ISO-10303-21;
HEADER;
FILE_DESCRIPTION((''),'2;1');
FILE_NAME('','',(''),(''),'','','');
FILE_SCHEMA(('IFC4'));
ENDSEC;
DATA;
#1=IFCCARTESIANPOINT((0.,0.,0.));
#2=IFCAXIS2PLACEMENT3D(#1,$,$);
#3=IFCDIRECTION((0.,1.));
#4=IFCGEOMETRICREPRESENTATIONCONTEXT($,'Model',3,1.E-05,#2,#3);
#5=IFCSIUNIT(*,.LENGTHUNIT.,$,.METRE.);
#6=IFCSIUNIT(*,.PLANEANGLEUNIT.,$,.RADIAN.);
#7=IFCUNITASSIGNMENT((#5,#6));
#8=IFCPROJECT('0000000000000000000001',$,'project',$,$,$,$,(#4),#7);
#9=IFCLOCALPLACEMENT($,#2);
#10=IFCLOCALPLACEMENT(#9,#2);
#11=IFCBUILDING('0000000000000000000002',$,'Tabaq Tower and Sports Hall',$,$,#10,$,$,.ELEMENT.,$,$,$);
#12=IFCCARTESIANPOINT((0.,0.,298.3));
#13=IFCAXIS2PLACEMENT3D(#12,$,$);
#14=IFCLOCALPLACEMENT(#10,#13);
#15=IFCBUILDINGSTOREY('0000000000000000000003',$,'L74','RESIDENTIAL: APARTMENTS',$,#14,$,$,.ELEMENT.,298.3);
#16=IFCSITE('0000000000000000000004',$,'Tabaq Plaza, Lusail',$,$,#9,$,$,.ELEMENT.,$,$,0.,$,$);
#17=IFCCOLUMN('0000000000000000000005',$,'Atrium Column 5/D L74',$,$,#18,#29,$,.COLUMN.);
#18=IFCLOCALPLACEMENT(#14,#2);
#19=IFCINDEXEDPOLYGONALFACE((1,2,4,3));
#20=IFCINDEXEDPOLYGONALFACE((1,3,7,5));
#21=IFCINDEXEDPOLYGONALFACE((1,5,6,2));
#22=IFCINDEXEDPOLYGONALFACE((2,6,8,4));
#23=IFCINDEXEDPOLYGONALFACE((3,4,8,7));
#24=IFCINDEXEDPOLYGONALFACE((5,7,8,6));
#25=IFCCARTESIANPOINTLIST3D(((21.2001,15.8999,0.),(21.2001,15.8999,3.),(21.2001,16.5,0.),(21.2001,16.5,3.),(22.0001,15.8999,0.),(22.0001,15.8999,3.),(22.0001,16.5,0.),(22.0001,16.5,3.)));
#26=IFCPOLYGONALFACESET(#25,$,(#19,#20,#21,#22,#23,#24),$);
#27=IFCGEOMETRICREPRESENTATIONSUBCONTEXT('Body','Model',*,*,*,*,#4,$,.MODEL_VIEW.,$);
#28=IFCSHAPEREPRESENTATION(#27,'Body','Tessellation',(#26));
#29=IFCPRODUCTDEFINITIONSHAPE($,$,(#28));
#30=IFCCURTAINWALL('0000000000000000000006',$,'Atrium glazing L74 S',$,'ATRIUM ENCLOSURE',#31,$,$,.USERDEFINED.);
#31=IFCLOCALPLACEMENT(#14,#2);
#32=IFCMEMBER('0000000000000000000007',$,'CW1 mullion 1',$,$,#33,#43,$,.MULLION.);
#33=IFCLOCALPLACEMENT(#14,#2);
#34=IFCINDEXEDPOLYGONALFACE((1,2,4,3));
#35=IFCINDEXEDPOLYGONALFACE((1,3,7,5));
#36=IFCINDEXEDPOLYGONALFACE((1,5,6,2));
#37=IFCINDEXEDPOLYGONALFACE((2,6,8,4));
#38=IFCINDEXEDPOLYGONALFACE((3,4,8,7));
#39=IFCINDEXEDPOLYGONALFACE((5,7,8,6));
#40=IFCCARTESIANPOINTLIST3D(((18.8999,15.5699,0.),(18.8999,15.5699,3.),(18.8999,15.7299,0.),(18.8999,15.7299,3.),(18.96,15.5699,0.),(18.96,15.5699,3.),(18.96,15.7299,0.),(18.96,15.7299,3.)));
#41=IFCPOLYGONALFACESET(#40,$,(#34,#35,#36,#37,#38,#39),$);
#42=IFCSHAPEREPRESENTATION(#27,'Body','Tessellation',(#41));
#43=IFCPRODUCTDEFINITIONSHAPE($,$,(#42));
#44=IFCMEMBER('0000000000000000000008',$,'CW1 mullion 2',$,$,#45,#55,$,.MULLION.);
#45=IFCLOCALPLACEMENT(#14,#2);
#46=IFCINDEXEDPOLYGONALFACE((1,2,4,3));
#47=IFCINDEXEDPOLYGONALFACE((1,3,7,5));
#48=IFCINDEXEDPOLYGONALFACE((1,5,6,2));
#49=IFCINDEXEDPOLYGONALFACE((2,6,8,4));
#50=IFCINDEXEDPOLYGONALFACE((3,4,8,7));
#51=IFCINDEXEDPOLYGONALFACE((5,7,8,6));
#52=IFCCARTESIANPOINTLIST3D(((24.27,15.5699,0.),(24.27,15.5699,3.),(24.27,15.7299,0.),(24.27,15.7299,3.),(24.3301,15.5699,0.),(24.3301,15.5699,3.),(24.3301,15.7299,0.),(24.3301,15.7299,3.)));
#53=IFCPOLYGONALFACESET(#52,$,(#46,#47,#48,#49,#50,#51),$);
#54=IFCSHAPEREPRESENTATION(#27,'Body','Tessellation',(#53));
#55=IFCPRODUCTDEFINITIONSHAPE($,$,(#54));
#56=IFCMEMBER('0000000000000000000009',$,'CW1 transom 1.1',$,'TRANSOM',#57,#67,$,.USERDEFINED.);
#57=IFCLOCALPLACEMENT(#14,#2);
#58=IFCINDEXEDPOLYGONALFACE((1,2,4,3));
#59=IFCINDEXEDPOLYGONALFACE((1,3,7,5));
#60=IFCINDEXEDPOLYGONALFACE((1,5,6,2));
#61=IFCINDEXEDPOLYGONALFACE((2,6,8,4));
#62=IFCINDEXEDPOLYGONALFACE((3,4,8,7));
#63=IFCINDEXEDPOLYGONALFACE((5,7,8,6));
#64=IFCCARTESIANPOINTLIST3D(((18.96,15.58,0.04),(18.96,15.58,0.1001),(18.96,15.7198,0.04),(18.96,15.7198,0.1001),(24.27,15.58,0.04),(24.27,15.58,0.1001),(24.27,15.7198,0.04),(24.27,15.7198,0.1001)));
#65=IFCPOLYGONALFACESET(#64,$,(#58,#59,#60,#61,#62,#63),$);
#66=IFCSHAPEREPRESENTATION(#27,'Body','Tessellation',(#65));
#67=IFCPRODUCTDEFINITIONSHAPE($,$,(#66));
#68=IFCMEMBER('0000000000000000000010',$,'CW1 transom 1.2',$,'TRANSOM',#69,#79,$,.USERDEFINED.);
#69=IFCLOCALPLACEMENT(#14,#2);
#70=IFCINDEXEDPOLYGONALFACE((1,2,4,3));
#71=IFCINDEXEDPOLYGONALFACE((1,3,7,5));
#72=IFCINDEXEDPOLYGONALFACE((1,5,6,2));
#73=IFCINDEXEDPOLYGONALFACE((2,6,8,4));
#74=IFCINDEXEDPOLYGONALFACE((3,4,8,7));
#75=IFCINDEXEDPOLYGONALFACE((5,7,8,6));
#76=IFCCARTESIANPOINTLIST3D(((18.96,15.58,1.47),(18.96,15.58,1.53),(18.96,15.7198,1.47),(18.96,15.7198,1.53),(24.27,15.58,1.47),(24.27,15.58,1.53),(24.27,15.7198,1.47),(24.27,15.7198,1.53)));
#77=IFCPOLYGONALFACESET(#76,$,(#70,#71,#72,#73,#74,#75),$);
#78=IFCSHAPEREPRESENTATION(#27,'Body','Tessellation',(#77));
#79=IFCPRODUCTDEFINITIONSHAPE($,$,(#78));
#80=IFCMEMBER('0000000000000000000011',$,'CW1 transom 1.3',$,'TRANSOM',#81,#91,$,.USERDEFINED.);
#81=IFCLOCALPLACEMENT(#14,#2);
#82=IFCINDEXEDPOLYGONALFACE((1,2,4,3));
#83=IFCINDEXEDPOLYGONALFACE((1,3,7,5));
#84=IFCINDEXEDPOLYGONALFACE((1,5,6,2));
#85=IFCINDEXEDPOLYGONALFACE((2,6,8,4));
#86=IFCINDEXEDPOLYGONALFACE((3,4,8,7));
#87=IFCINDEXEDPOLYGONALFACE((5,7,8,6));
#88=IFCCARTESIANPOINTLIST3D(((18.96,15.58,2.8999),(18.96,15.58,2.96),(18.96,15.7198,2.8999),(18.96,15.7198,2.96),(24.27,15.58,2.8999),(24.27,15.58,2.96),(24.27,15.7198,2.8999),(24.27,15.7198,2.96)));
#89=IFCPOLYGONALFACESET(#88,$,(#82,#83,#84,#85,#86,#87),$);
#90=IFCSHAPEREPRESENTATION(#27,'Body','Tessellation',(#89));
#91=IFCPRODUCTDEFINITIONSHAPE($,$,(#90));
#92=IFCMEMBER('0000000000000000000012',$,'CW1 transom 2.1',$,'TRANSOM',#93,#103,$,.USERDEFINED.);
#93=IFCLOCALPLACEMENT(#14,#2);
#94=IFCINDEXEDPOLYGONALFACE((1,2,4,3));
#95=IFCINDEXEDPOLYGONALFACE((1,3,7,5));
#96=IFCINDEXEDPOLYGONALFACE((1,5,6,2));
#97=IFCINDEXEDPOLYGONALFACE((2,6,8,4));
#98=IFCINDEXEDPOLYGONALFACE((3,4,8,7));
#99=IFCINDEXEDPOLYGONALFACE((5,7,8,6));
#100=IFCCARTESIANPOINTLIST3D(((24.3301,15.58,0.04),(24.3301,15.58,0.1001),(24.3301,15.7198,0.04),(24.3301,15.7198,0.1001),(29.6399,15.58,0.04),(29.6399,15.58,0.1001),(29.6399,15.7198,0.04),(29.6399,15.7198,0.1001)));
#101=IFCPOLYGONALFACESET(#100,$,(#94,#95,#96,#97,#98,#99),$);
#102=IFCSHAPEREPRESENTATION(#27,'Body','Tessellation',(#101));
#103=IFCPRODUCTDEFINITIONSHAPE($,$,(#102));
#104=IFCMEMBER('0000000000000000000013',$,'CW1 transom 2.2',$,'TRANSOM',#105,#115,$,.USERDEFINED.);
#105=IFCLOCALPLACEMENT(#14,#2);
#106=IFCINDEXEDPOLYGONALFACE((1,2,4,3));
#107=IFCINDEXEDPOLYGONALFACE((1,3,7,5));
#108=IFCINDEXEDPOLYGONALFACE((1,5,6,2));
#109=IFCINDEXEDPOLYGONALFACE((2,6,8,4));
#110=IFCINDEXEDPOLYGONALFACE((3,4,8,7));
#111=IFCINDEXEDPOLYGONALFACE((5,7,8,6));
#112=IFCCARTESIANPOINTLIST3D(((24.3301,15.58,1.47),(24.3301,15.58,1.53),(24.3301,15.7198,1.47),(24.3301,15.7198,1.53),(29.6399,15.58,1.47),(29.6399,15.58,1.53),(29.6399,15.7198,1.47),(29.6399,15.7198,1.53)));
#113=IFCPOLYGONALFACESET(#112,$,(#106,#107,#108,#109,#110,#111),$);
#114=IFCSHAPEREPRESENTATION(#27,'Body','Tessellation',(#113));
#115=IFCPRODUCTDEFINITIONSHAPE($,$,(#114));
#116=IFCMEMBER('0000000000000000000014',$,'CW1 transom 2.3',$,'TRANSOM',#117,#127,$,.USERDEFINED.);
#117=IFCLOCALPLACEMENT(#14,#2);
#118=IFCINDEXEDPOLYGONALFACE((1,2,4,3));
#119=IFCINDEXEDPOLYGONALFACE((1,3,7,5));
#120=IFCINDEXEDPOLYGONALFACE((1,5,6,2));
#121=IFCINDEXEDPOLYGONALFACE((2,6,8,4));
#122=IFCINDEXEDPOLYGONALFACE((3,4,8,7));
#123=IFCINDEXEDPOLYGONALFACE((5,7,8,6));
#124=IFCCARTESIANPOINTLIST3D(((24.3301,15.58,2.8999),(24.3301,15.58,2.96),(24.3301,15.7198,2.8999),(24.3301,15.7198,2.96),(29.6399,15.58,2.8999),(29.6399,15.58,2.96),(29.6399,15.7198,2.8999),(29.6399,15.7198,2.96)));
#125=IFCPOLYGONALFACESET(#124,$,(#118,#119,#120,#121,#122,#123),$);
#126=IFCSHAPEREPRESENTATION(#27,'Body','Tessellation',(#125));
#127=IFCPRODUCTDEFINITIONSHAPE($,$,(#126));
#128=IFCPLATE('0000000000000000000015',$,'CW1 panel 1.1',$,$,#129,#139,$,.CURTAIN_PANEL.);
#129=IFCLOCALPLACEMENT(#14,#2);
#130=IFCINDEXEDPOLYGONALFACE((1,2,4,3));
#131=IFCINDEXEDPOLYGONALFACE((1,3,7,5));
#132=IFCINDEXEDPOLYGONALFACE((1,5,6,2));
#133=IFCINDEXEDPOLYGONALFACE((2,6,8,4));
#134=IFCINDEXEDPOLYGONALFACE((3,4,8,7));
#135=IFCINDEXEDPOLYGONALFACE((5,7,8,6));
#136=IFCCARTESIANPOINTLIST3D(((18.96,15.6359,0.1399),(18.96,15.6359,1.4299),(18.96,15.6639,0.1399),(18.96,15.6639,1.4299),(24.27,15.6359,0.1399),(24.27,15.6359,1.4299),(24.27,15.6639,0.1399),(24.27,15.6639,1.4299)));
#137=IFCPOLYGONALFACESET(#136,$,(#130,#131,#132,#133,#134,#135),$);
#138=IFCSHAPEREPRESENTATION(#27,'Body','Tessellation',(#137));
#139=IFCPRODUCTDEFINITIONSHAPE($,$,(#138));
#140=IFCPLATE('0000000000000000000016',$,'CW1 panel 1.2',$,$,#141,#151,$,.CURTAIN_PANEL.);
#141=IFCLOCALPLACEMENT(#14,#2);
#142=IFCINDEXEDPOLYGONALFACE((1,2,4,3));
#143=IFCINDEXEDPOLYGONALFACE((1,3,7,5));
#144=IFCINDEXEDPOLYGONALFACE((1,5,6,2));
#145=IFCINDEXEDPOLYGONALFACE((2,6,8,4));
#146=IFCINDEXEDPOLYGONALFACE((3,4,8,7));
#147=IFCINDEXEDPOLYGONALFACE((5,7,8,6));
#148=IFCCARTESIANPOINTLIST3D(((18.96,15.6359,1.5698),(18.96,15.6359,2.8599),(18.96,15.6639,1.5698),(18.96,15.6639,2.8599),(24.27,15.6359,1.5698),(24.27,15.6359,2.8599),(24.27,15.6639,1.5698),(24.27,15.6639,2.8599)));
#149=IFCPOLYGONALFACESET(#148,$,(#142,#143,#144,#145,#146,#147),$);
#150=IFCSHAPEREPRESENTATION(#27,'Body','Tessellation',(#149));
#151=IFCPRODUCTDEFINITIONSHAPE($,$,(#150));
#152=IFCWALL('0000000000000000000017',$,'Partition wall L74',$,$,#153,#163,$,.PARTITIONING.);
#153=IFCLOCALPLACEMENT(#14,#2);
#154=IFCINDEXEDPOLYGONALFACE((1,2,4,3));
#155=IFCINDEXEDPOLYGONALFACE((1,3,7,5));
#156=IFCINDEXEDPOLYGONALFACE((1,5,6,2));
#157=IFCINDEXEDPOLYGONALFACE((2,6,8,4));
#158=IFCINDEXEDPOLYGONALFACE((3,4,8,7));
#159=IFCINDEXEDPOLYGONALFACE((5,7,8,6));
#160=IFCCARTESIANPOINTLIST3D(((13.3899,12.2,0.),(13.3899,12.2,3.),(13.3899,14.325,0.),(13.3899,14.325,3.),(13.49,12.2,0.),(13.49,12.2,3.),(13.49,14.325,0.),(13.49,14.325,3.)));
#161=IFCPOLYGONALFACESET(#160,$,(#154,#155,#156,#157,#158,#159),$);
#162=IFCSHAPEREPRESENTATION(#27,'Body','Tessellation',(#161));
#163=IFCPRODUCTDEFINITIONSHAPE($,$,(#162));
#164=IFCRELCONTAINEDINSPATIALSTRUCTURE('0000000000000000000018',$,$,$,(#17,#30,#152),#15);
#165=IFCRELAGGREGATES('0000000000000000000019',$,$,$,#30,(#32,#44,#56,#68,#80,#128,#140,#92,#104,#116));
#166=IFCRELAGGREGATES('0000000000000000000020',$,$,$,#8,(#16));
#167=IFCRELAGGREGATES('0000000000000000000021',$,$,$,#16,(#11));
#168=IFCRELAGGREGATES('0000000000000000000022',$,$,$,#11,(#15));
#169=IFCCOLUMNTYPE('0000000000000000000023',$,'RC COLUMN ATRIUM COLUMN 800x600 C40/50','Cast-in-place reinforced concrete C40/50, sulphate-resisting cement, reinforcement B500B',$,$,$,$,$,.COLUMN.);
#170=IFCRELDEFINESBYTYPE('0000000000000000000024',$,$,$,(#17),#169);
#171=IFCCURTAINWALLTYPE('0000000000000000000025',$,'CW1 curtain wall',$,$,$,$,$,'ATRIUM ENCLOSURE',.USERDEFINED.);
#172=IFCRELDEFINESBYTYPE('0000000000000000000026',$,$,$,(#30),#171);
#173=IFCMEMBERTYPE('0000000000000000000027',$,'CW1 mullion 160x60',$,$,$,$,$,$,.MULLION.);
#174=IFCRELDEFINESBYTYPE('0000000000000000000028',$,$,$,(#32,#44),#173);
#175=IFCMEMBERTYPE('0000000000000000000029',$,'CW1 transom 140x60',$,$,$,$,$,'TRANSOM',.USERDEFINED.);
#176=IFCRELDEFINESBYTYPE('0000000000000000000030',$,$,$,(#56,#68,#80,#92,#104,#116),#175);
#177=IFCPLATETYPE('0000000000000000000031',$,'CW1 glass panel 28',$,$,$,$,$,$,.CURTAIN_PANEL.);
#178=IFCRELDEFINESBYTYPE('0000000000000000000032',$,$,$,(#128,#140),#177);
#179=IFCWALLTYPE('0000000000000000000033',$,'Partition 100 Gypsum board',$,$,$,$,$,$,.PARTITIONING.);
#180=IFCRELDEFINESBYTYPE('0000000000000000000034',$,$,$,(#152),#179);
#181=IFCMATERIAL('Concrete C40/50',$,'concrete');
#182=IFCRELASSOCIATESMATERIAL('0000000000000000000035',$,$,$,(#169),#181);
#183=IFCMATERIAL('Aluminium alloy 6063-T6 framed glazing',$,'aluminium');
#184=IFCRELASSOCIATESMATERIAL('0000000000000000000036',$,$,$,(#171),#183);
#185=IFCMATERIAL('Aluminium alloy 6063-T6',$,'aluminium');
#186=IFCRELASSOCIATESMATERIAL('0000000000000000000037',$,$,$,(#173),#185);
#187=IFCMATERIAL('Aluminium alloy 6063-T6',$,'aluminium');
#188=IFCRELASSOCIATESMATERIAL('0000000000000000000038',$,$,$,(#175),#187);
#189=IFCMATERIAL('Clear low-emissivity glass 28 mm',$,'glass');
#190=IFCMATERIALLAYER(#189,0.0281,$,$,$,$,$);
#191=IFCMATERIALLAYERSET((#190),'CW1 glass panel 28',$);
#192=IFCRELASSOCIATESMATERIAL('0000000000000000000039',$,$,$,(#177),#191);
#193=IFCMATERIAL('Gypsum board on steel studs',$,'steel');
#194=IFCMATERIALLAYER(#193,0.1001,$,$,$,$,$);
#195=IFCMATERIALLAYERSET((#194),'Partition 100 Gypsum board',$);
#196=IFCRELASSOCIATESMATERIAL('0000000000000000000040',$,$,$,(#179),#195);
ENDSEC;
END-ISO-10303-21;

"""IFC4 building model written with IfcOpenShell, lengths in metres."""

from ifc_helpers import new_model, si_unit, direction, frame, frame_2d, origin, origin_2d, place, context, subcontext, project, spatial, rectangle, extrude, material, layer, layer_set, material_profile, profile_set, type_object, element, aggregate, save


model = new_model("IFC4")

# Units and contexts
model_context = context("Model", 3, precision=1e-05, world=origin(), true_north=direction((0.0, 1.0)))
body_context = subcontext(model_context, "Body", "Model", "MODEL_VIEW")
ifc_project = project(units=[si_unit("LENGTHUNIT", "METRE"), si_unit("PLANEANGLEUNIT", "RADIAN")], contexts=[model_context])

# Site, building, storey
site_placement = place(None, origin())
site = spatial("IfcSite", under=ifc_project, at=site_placement, Name="Tabaq Plaza, Lusail", CompositionType="ELEMENT", RefElevation=0.0)
building_placement = place(site_placement, origin())
building = spatial("IfcBuilding", under=site, at=building_placement, Name="Tabaq Tower and Sports Hall", CompositionType="ELEMENT")
storey_placement = place(building_placement, frame((0.0, 0.0, 298.3)))
storey = spatial("IfcBuildingStorey", under=building, at=storey_placement, Name="L74", Description="RESIDENTIAL: APARTMENTS", CompositionType="ELEMENT", Elevation=298.3)

# Column
ifc_material_1 = material(Name="Concrete C40/50", Category="concrete")
ifc_material_profile_1 = material_profile(ifc_material_1, rectangle(XDim=0.8, YDim=0.6001, at=origin_2d()), Name="ATRIUM COLUMN 800x600")
ifc_profile_set_1 = profile_set([ifc_material_profile_1], Name="Concrete C40/50")
column_type = type_object("IfcColumnType", Name="RC COLUMN ATRIUM COLUMN 800x600 C40/50", Description="Cast-in-place reinforced concrete C40/50, sulphate-resisting cement, reinforcement B500B", PredefinedType="COLUMN", material=ifc_profile_set_1)
column_placement = place(storey_placement, frame((21.6001, 16.2, 0.0), z_axis=(0.0, 0.0, 1.0), x_axis=(1.0, 0.0, 0.0)))
element("IfcColumn", 1, at=column_placement, inside=storey, type_object=column_type, Name="Atrium Column 5/D L74", PredefinedType="COLUMN", context=body_context, shape_type="SweptSolid", body=[
    extrude(rectangle(XDim=0.8, YDim=0.6001, at=origin_2d()), origin(), (0.0, 0.0, 1.0), 3.0),
])

# Curtain wall, members, plates
ifc_material_2 = material(Name="Aluminium alloy 6063-T6 framed glazing", Category="aluminium")
curtain_wall_type = type_object("IfcCurtainWallType", Name="CW1 curtain wall", ElementType="ATRIUM ENCLOSURE", PredefinedType="USERDEFINED", material=ifc_material_2)
curtain_wall_placement = place(storey_placement, origin())
curtain_wall = element("IfcCurtainWall", 2, at=curtain_wall_placement, inside=storey, type_object=curtain_wall_type, Name="Atrium glazing L74 S", ObjectType="ATRIUM ENCLOSURE", PredefinedType="USERDEFINED")
ifc_material_3 = material(Name="Aluminium alloy 6063-T6", Category="aluminium")
ifc_material_profile_2 = material_profile(ifc_material_3, rectangle(XDim=0.1599, YDim=0.0601, at=origin_2d()), Name="MULLION 160x60")
ifc_profile_set_2 = profile_set([ifc_material_profile_2], Name="Aluminium alloy 6063-T6")
member_type_1 = type_object("IfcMemberType", Name="CW1 mullion 160x60", PredefinedType="MULLION", material=ifc_profile_set_2)
member_1_placement = place(storey_placement, frame((18.9299, 15.6499, 0.0), z_axis=(0.0, 0.0, 1.0), x_axis=(0.0, 1.0, 0.0)))
member_1 = element("IfcMember", 3, at=member_1_placement, type_object=member_type_1, Name="CW1 mullion 1", PredefinedType="MULLION", context=body_context, shape_type="SweptSolid", body=[
    extrude(rectangle(XDim=0.1599, YDim=0.0601, at=origin_2d()), origin(), (0.0, 0.0, 1.0), 3.0),
])
member_2_placement = place(storey_placement, frame((24.3, 15.6499, 0.0), z_axis=(0.0, 0.0, 1.0), x_axis=(0.0, 1.0, 0.0)))
member_2 = element("IfcMember", 4, at=member_2_placement, type_object=member_type_1, Name="CW1 mullion 2", PredefinedType="MULLION", context=body_context, shape_type="SweptSolid", body=[
    extrude(rectangle(XDim=0.1599, YDim=0.0601, at=origin_2d()), origin(), (0.0, 0.0, 1.0), 3.0),
])
ifc_material_4 = material(Name="Aluminium alloy 6063-T6", Category="aluminium")
ifc_material_profile_3 = material_profile(ifc_material_4, rectangle(XDim=0.1399, YDim=0.0601, at=origin_2d()), Name="TRANSOM 140x60")
ifc_profile_set_3 = profile_set([ifc_material_profile_3], Name="Aluminium alloy 6063-T6")
member_type_2 = type_object("IfcMemberType", Name="CW1 transom 140x60", ElementType="TRANSOM", PredefinedType="USERDEFINED", material=ifc_profile_set_3)
member_3_placement = place(storey_placement, frame((18.96, 15.6499, 0.0701), z_axis=(1.0, 0.0, 0.0), x_axis=(0.0, 1.0, 0.0)))
member_3 = element("IfcMember", 5, at=member_3_placement, type_object=member_type_2, Name="CW1 transom 1.1", ObjectType="TRANSOM", PredefinedType="USERDEFINED", context=body_context, shape_type="SweptSolid", body=[
    extrude(rectangle(XDim=0.1399, YDim=0.0601, at=origin_2d()), origin(), (0.0, 0.0, 1.0), 5.3101),
])
member_4_placement = place(storey_placement, frame((18.96, 15.6499, 1.5), z_axis=(1.0, 0.0, 0.0), x_axis=(0.0, 1.0, 0.0)))
member_4 = element("IfcMember", 6, at=member_4_placement, type_object=member_type_2, Name="CW1 transom 1.2", ObjectType="TRANSOM", PredefinedType="USERDEFINED", context=body_context, shape_type="SweptSolid", body=[
    extrude(rectangle(XDim=0.1399, YDim=0.0601, at=origin_2d()), origin(), (0.0, 0.0, 1.0), 5.3101),
])
member_5_placement = place(storey_placement, frame((18.96, 15.6499, 2.9299), z_axis=(1.0, 0.0, 0.0), x_axis=(0.0, 1.0, 0.0)))
member_5 = element("IfcMember", 7, at=member_5_placement, type_object=member_type_2, Name="CW1 transom 1.3", ObjectType="TRANSOM", PredefinedType="USERDEFINED", context=body_context, shape_type="SweptSolid", body=[
    extrude(rectangle(XDim=0.1399, YDim=0.0601, at=origin_2d()), origin(), (0.0, 0.0, 1.0), 5.3101),
])
member_6_placement = place(storey_placement, frame((24.3301, 15.6499, 0.0701), z_axis=(1.0, 0.0, 0.0), x_axis=(0.0, 1.0, 0.0)))
member_6 = element("IfcMember", 8, at=member_6_placement, type_object=member_type_2, Name="CW1 transom 2.1", ObjectType="TRANSOM", PredefinedType="USERDEFINED", context=body_context, shape_type="SweptSolid", body=[
    extrude(rectangle(XDim=0.1399, YDim=0.0601, at=origin_2d()), origin(), (0.0, 0.0, 1.0), 5.3098),
])
member_7_placement = place(storey_placement, frame((24.3301, 15.6499, 1.5), z_axis=(1.0, 0.0, 0.0), x_axis=(0.0, 1.0, 0.0)))
member_7 = element("IfcMember", 9, at=member_7_placement, type_object=member_type_2, Name="CW1 transom 2.2", ObjectType="TRANSOM", PredefinedType="USERDEFINED", context=body_context, shape_type="SweptSolid", body=[
    extrude(rectangle(XDim=0.1399, YDim=0.0601, at=origin_2d()), origin(), (0.0, 0.0, 1.0), 5.3098),
])
member_8_placement = place(storey_placement, frame((24.3301, 15.6499, 2.9299), z_axis=(1.0, 0.0, 0.0), x_axis=(0.0, 1.0, 0.0)))
member_8 = element("IfcMember", 10, at=member_8_placement, type_object=member_type_2, Name="CW1 transom 2.3", ObjectType="TRANSOM", PredefinedType="USERDEFINED", context=body_context, shape_type="SweptSolid", body=[
    extrude(rectangle(XDim=0.1399, YDim=0.0601, at=origin_2d()), origin(), (0.0, 0.0, 1.0), 5.3098),
])
ifc_material_5 = material(Name="Clear low-emissivity glass 28 mm", Category="glass")
ifc_layer_1 = layer(ifc_material_5, 0.0281)
ifc_layer_set_1 = layer_set([ifc_layer_1], Name="CW1 glass panel 28")
plate_type = type_object("IfcPlateType", Name="CW1 glass panel 28", PredefinedType="CURTAIN_PANEL", material=ifc_layer_set_1)
plate_1_placement = place(storey_placement, frame((21.615, 15.6499, 0.1399), z_axis=(0.0, 0.0, 1.0), x_axis=(1.0, 0.0, 0.0)))
plate_1 = element("IfcPlate", 11, at=plate_1_placement, type_object=plate_type, Name="CW1 panel 1.1", PredefinedType="CURTAIN_PANEL", context=body_context, shape_type="SweptSolid", body=[
    extrude(rectangle(XDim=5.3101, YDim=0.0281, at=origin_2d()), origin(), (0.0, 0.0, 1.0), 1.29),
])
plate_2_placement = place(storey_placement, frame((21.615, 15.6499, 1.5698), z_axis=(0.0, 0.0, 1.0), x_axis=(1.0, 0.0, 0.0)))
plate_2 = element("IfcPlate", 12, at=plate_2_placement, type_object=plate_type, Name="CW1 panel 1.2", PredefinedType="CURTAIN_PANEL", context=body_context, shape_type="SweptSolid", body=[
    extrude(rectangle(XDim=5.3101, YDim=0.0281, at=origin_2d()), origin(), (0.0, 0.0, 1.0), 1.29),
])
aggregate(curtain_wall, [member_1, member_2, member_3, member_4, member_5, plate_1, plate_2, member_6, member_7, member_8])

# Wall
ifc_material_6 = material(Name="Gypsum board on steel studs", Category="steel")
ifc_layer_2 = layer(ifc_material_6, 0.1001)
ifc_layer_set_2 = layer_set([ifc_layer_2], Name="Partition 100 Gypsum board")
wall_type_1 = type_object("IfcWallType", Name="Partition 100 Gypsum board", PredefinedType="PARTITIONING", material=ifc_layer_set_2)
wall_1_placement = place(storey_placement, frame((13.4399, 12.2, 0.0), z_axis=(0.0, 0.0, 1.0), x_axis=(0.0, 1.0, 0.0)))
element("IfcWall", 13, at=wall_1_placement, inside=storey, type_object=wall_type_1, Name="Partition wall L74", PredefinedType="PARTITIONING", context=body_context, shape_type="SweptSolid", body=[
    extrude(rectangle(XDim=2.125, YDim=0.1001, at=frame_2d((1.0625, 0.0))), origin(), (0.0, 0.0, 1.0), 3.0),
])

save(model, "model.ifc")
